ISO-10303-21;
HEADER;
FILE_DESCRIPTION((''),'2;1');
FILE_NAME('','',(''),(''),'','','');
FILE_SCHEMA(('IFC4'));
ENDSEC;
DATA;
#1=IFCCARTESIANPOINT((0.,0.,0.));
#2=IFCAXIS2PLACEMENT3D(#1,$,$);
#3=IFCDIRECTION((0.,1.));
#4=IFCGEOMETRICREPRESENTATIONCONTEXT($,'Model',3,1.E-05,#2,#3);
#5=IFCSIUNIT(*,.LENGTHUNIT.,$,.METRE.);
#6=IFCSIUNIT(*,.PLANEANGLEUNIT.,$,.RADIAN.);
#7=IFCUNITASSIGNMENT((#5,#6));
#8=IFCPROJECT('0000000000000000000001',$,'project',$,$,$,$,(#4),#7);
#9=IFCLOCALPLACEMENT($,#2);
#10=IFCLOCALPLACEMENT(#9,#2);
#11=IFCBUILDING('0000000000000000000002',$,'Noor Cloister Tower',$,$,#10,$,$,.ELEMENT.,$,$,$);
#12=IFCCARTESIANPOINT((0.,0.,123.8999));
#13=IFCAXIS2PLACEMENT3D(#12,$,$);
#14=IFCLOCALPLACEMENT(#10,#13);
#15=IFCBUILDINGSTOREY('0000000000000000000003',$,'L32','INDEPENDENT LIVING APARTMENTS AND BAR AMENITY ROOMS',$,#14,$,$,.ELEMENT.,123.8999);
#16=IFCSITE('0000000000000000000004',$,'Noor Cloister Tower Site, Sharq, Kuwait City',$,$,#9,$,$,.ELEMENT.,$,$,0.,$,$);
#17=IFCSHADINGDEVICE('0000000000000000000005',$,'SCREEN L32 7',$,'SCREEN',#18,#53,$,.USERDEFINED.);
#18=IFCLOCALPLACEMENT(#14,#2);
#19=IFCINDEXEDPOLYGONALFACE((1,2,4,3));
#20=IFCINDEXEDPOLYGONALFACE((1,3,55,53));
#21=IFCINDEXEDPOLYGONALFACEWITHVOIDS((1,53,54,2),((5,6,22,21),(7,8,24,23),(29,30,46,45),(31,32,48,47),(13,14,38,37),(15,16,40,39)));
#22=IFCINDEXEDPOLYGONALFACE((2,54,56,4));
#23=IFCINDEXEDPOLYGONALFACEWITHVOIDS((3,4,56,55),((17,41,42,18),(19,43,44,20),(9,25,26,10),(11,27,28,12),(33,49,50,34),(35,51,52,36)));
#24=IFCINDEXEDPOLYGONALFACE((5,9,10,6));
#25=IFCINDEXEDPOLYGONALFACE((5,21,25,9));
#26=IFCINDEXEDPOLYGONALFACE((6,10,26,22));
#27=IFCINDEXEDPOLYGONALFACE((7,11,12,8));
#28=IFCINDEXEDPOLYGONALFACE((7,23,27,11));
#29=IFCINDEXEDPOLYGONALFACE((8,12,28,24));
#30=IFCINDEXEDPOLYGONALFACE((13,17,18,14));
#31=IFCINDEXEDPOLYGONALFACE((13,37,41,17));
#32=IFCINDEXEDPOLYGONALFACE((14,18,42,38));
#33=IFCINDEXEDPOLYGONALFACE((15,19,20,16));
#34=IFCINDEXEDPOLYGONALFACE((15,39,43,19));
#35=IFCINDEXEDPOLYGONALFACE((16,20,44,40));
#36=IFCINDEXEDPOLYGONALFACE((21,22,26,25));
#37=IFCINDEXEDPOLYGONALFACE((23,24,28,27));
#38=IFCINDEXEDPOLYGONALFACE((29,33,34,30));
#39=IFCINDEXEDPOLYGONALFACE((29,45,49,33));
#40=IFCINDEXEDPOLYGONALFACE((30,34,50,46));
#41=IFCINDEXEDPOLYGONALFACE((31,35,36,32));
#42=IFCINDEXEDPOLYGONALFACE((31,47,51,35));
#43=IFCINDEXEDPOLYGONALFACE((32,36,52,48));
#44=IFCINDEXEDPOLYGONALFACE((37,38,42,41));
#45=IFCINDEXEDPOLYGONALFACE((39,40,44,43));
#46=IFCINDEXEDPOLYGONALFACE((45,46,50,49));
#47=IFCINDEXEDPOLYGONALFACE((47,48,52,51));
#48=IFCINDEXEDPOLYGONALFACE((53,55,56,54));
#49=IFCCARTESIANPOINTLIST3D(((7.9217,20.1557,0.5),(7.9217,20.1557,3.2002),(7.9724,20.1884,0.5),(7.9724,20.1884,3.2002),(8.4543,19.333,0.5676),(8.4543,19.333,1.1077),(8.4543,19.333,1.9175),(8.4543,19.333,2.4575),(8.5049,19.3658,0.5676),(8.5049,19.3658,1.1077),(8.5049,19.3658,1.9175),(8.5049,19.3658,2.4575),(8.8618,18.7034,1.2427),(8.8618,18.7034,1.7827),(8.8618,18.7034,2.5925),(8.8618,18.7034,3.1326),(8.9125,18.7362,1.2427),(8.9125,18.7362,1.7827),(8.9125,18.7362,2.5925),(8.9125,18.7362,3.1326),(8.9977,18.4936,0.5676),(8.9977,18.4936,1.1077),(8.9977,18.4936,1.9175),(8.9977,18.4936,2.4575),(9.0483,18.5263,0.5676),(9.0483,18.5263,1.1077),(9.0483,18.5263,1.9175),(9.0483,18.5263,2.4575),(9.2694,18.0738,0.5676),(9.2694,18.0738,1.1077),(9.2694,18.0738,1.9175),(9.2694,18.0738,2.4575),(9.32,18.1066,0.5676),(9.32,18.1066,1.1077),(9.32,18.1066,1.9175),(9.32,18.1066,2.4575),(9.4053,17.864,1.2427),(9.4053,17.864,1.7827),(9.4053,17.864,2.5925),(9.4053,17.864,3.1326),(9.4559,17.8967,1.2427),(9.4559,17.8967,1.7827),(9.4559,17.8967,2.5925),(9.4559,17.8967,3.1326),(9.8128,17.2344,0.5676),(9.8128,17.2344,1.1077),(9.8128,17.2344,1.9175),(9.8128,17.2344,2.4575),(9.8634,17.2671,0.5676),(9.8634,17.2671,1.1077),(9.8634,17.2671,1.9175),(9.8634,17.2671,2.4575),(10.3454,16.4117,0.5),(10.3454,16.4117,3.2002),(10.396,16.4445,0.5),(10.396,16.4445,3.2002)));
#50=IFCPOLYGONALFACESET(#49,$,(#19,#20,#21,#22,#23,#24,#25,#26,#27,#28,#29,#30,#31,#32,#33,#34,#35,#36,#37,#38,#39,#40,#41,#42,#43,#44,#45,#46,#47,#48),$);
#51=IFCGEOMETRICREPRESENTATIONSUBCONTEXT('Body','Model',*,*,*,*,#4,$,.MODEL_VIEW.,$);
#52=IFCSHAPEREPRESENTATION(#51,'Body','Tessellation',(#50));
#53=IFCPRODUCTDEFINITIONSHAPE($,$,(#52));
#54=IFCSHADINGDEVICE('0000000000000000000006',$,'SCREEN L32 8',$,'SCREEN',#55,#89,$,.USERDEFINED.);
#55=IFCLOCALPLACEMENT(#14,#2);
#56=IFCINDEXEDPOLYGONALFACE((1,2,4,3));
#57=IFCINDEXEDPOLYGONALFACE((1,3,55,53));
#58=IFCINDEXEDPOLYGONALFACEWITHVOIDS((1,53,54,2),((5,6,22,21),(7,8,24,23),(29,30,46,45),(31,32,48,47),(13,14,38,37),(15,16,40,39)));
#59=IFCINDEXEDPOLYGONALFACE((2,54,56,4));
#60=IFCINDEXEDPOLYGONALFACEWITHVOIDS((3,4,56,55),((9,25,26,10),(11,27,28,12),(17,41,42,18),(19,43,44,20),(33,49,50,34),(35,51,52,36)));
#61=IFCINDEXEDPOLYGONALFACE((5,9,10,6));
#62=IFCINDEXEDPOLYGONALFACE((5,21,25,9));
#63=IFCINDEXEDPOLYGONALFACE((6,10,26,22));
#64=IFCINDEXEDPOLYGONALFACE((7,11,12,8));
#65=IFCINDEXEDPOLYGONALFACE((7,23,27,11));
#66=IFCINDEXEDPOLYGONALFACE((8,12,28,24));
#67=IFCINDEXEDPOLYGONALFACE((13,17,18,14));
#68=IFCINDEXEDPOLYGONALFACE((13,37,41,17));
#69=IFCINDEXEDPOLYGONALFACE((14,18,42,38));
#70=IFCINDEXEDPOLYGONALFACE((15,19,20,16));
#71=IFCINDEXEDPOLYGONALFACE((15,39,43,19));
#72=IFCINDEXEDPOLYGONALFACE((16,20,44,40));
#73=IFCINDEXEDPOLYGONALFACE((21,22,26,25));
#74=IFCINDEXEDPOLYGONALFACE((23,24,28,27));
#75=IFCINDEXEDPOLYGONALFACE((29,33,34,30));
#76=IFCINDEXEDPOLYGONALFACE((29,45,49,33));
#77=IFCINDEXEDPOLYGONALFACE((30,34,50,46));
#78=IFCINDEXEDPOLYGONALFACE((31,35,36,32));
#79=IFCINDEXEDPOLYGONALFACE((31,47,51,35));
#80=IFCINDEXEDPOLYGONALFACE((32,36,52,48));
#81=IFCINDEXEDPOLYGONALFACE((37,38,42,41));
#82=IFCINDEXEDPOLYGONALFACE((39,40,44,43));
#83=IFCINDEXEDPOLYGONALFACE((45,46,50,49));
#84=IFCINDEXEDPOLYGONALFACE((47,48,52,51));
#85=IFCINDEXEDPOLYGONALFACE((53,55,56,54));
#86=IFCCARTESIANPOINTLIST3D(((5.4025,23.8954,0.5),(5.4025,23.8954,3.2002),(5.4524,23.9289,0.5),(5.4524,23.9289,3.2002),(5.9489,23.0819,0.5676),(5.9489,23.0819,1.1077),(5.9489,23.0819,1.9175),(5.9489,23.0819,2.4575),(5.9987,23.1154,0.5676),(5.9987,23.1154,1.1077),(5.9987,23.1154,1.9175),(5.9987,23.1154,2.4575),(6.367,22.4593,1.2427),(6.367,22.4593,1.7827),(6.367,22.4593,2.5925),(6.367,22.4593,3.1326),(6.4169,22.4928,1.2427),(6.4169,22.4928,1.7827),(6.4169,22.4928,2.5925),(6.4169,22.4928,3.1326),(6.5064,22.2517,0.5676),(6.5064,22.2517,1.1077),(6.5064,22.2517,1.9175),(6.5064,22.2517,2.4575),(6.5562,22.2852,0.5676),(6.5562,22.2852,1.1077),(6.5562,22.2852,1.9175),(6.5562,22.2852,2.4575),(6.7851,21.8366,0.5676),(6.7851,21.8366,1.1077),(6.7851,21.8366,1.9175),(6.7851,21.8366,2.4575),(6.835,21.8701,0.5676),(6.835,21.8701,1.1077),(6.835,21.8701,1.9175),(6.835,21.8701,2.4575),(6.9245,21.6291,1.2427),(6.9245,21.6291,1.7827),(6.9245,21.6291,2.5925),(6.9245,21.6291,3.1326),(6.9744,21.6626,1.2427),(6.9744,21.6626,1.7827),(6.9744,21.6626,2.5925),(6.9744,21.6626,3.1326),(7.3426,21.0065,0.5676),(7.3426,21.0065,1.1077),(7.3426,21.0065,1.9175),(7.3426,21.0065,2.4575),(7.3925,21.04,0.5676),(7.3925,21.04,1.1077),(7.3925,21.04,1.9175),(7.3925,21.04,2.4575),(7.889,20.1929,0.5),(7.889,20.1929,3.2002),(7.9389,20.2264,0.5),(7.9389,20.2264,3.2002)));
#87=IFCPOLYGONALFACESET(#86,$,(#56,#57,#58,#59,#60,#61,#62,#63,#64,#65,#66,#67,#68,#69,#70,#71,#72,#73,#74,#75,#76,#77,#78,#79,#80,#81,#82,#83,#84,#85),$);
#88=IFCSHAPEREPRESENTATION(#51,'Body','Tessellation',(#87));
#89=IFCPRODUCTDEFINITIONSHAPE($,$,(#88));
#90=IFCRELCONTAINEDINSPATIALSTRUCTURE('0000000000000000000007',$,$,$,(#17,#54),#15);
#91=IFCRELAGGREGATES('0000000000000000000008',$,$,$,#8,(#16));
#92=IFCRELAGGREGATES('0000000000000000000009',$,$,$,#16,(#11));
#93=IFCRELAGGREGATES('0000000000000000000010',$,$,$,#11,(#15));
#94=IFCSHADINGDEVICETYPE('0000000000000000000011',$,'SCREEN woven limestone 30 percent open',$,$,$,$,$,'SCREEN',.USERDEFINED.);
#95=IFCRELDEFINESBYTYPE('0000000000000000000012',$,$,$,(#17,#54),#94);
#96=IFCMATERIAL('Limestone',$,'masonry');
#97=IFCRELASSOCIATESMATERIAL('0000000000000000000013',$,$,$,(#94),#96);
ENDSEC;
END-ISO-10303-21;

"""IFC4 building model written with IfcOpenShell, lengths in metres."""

from ifc_helpers import new_model, si_unit, direction, frame, origin, place, context, subcontext, project, spatial, polyline, outline, extrude, material, material_profile, profile_set, type_object, element, save


model = new_model("IFC4")

# Units and contexts
model_context = context("Model", 3, precision=1e-05, world=origin(), true_north=direction((0.0, 1.0)))
body_context = subcontext(model_context, "Body", "Model", "MODEL_VIEW")
ifc_project = project(units=[si_unit("LENGTHUNIT", "METRE"), si_unit("PLANEANGLEUNIT", "RADIAN")], contexts=[model_context])

# Site, building, storey
site_placement = place(None, origin())
site = spatial("IfcSite", under=ifc_project, at=site_placement, Name="Noor Cloister Tower Site, Sharq, Kuwait City", CompositionType="ELEMENT", RefElevation=0.0)
building_placement = place(site_placement, origin())
building = spatial("IfcBuilding", under=site, at=building_placement, Name="Noor Cloister Tower", CompositionType="ELEMENT")
storey_placement = place(building_placement, frame((0.0, 0.0, 123.8999)))
storey = spatial("IfcBuildingStorey", under=building, at=storey_placement, Name="L32", Description="INDEPENDENT LIVING APARTMENTS AND BAR AMENITY ROOMS", CompositionType="ELEMENT", Elevation=123.8999)

# Shading devices
ifc_material_1 = material(Name="Limestone", Category="masonry")
ifc_material_profile_1 = material_profile(ifc_material_1, outline(polyline([(-2.23, -1.3501), (2.23, -1.3501), (2.23, 1.3501), (-2.23, 1.3501), (-2.23, -1.3501)]), holes=[polyline([(-1.25, -1.2825), (-0.25, -1.2825), (-0.25, -0.7424), (-1.25, -0.7424), (-1.25, -1.2825)]), polyline([(0.25, -1.2825), (1.25, -1.2825), (1.25, -0.7424), (0.25, -0.7424), (0.25, -1.2825)]), polyline([(-0.5, -0.6074), (0.5, -0.6074), (0.5, -0.0674), (-0.5, -0.0674), (-0.5, -0.6074)]), polyline([(-1.25, 0.0674), (-0.25, 0.0674), (-0.25, 0.6074), (-1.25, 0.6074), (-1.25, 0.0674)]), polyline([(0.25, 0.0674), (1.25, 0.0674), (1.25, 0.6074), (0.25, 0.6074), (0.25, 0.0674)]), polyline([(-0.5, 0.7424), (0.5, 0.7424), (0.5, 1.2825), (-0.5, 1.2825), (-0.5, 0.7424)])]), Name="Woven screen 30 percent open")
ifc_profile_set_1 = profile_set([ifc_material_profile_1], Name="Limestone")
shading_device_type = type_object("IfcShadingDeviceType", Name="SCREEN woven limestone 30 percent open", ElementType="SCREEN", PredefinedType="USERDEFINED", material=ifc_profile_set_1)
shading_device_1_placement = place(storey_placement, frame((9.1335, 18.2837, 1.8501), z_axis=(0.839461, 0.543419, 0.0), x_axis=(-0.543419, 0.839461, 0.0)))
element("IfcShadingDevice", 1, at=shading_device_1_placement, inside=storey, type_object=shading_device_type, Name="SCREEN L32 7", ObjectType="SCREEN", PredefinedType="USERDEFINED", context=body_context, shape_type="SweptSolid", body=[
    extrude(outline(polyline([(-2.23, -1.3501), (2.23, -1.3501), (2.23, 1.3501), (-2.23, 1.3501), (-2.23, -1.3501)]), holes=[polyline([(-1.25, -1.2825), (-0.25, -1.2825), (-0.25, -0.7424), (-1.25, -0.7424), (-1.25, -1.2825)]), polyline([(0.25, -1.2825), (1.25, -1.2825), (1.25, -0.7424), (0.25, -0.7424), (0.25, -1.2825)]), polyline([(-0.5, -0.6074), (0.5, -0.6074), (0.5, -0.0674), (-0.5, -0.0674), (-0.5, -0.6074)]), polyline([(-1.25, 0.0674), (-0.25, 0.0674), (-0.25, 0.6074), (-1.25, 0.6074), (-1.25, 0.0674)]), polyline([(0.25, 0.0674), (1.25, 0.0674), (1.25, 0.6074), (0.25, 0.6074), (0.25, 0.0674)]), polyline([(-0.5, 0.7424), (0.5, 0.7424), (0.5, 1.2825), (-0.5, 1.2825), (-0.5, 0.7424)])]), origin(), (0.0, 0.0, 1.0), 0.0603),
])
shading_device_2_placement = place(storey_placement, frame((6.6458, 22.0442, 1.8501), z_axis=(0.830167, 0.557514, 0.0), x_axis=(-0.557514, 0.830167, 0.0)))
element("IfcShadingDevice", 2, at=shading_device_2_placement, inside=storey, type_object=shading_device_type, Name="SCREEN L32 8", ObjectType="SCREEN", PredefinedType="USERDEFINED", context=body_context, shape_type="SweptSolid", body=[
    extrude(outline(polyline([(-2.23, -1.3501), (2.23, -1.3501), (2.23, 1.3501), (-2.23, 1.3501), (-2.23, -1.3501)]), holes=[polyline([(-1.25, -1.2825), (-0.25, -1.2825), (-0.25, -0.7424), (-1.25, -0.7424), (-1.25, -1.2825)]), polyline([(0.25, -1.2825), (1.25, -1.2825), (1.25, -0.7424), (0.25, -0.7424), (0.25, -1.2825)]), polyline([(-0.5, -0.6074), (0.5, -0.6074), (0.5, -0.0674), (-0.5, -0.0674), (-0.5, -0.6074)]), polyline([(-1.25, 0.0674), (-0.25, 0.0674), (-0.25, 0.6074), (-1.25, 0.6074), (-1.25, 0.0674)]), polyline([(0.25, 0.0674), (1.25, 0.0674), (1.25, 0.6074), (0.25, 0.6074), (0.25, 0.0674)]), polyline([(-0.5, 0.7424), (0.5, 0.7424), (0.5, 1.2825), (-0.5, 1.2825), (-0.5, 0.7424)])]), origin(), (0.0, 0.0, 1.0), 0.0601),
])

save(model, "model.ifc")
